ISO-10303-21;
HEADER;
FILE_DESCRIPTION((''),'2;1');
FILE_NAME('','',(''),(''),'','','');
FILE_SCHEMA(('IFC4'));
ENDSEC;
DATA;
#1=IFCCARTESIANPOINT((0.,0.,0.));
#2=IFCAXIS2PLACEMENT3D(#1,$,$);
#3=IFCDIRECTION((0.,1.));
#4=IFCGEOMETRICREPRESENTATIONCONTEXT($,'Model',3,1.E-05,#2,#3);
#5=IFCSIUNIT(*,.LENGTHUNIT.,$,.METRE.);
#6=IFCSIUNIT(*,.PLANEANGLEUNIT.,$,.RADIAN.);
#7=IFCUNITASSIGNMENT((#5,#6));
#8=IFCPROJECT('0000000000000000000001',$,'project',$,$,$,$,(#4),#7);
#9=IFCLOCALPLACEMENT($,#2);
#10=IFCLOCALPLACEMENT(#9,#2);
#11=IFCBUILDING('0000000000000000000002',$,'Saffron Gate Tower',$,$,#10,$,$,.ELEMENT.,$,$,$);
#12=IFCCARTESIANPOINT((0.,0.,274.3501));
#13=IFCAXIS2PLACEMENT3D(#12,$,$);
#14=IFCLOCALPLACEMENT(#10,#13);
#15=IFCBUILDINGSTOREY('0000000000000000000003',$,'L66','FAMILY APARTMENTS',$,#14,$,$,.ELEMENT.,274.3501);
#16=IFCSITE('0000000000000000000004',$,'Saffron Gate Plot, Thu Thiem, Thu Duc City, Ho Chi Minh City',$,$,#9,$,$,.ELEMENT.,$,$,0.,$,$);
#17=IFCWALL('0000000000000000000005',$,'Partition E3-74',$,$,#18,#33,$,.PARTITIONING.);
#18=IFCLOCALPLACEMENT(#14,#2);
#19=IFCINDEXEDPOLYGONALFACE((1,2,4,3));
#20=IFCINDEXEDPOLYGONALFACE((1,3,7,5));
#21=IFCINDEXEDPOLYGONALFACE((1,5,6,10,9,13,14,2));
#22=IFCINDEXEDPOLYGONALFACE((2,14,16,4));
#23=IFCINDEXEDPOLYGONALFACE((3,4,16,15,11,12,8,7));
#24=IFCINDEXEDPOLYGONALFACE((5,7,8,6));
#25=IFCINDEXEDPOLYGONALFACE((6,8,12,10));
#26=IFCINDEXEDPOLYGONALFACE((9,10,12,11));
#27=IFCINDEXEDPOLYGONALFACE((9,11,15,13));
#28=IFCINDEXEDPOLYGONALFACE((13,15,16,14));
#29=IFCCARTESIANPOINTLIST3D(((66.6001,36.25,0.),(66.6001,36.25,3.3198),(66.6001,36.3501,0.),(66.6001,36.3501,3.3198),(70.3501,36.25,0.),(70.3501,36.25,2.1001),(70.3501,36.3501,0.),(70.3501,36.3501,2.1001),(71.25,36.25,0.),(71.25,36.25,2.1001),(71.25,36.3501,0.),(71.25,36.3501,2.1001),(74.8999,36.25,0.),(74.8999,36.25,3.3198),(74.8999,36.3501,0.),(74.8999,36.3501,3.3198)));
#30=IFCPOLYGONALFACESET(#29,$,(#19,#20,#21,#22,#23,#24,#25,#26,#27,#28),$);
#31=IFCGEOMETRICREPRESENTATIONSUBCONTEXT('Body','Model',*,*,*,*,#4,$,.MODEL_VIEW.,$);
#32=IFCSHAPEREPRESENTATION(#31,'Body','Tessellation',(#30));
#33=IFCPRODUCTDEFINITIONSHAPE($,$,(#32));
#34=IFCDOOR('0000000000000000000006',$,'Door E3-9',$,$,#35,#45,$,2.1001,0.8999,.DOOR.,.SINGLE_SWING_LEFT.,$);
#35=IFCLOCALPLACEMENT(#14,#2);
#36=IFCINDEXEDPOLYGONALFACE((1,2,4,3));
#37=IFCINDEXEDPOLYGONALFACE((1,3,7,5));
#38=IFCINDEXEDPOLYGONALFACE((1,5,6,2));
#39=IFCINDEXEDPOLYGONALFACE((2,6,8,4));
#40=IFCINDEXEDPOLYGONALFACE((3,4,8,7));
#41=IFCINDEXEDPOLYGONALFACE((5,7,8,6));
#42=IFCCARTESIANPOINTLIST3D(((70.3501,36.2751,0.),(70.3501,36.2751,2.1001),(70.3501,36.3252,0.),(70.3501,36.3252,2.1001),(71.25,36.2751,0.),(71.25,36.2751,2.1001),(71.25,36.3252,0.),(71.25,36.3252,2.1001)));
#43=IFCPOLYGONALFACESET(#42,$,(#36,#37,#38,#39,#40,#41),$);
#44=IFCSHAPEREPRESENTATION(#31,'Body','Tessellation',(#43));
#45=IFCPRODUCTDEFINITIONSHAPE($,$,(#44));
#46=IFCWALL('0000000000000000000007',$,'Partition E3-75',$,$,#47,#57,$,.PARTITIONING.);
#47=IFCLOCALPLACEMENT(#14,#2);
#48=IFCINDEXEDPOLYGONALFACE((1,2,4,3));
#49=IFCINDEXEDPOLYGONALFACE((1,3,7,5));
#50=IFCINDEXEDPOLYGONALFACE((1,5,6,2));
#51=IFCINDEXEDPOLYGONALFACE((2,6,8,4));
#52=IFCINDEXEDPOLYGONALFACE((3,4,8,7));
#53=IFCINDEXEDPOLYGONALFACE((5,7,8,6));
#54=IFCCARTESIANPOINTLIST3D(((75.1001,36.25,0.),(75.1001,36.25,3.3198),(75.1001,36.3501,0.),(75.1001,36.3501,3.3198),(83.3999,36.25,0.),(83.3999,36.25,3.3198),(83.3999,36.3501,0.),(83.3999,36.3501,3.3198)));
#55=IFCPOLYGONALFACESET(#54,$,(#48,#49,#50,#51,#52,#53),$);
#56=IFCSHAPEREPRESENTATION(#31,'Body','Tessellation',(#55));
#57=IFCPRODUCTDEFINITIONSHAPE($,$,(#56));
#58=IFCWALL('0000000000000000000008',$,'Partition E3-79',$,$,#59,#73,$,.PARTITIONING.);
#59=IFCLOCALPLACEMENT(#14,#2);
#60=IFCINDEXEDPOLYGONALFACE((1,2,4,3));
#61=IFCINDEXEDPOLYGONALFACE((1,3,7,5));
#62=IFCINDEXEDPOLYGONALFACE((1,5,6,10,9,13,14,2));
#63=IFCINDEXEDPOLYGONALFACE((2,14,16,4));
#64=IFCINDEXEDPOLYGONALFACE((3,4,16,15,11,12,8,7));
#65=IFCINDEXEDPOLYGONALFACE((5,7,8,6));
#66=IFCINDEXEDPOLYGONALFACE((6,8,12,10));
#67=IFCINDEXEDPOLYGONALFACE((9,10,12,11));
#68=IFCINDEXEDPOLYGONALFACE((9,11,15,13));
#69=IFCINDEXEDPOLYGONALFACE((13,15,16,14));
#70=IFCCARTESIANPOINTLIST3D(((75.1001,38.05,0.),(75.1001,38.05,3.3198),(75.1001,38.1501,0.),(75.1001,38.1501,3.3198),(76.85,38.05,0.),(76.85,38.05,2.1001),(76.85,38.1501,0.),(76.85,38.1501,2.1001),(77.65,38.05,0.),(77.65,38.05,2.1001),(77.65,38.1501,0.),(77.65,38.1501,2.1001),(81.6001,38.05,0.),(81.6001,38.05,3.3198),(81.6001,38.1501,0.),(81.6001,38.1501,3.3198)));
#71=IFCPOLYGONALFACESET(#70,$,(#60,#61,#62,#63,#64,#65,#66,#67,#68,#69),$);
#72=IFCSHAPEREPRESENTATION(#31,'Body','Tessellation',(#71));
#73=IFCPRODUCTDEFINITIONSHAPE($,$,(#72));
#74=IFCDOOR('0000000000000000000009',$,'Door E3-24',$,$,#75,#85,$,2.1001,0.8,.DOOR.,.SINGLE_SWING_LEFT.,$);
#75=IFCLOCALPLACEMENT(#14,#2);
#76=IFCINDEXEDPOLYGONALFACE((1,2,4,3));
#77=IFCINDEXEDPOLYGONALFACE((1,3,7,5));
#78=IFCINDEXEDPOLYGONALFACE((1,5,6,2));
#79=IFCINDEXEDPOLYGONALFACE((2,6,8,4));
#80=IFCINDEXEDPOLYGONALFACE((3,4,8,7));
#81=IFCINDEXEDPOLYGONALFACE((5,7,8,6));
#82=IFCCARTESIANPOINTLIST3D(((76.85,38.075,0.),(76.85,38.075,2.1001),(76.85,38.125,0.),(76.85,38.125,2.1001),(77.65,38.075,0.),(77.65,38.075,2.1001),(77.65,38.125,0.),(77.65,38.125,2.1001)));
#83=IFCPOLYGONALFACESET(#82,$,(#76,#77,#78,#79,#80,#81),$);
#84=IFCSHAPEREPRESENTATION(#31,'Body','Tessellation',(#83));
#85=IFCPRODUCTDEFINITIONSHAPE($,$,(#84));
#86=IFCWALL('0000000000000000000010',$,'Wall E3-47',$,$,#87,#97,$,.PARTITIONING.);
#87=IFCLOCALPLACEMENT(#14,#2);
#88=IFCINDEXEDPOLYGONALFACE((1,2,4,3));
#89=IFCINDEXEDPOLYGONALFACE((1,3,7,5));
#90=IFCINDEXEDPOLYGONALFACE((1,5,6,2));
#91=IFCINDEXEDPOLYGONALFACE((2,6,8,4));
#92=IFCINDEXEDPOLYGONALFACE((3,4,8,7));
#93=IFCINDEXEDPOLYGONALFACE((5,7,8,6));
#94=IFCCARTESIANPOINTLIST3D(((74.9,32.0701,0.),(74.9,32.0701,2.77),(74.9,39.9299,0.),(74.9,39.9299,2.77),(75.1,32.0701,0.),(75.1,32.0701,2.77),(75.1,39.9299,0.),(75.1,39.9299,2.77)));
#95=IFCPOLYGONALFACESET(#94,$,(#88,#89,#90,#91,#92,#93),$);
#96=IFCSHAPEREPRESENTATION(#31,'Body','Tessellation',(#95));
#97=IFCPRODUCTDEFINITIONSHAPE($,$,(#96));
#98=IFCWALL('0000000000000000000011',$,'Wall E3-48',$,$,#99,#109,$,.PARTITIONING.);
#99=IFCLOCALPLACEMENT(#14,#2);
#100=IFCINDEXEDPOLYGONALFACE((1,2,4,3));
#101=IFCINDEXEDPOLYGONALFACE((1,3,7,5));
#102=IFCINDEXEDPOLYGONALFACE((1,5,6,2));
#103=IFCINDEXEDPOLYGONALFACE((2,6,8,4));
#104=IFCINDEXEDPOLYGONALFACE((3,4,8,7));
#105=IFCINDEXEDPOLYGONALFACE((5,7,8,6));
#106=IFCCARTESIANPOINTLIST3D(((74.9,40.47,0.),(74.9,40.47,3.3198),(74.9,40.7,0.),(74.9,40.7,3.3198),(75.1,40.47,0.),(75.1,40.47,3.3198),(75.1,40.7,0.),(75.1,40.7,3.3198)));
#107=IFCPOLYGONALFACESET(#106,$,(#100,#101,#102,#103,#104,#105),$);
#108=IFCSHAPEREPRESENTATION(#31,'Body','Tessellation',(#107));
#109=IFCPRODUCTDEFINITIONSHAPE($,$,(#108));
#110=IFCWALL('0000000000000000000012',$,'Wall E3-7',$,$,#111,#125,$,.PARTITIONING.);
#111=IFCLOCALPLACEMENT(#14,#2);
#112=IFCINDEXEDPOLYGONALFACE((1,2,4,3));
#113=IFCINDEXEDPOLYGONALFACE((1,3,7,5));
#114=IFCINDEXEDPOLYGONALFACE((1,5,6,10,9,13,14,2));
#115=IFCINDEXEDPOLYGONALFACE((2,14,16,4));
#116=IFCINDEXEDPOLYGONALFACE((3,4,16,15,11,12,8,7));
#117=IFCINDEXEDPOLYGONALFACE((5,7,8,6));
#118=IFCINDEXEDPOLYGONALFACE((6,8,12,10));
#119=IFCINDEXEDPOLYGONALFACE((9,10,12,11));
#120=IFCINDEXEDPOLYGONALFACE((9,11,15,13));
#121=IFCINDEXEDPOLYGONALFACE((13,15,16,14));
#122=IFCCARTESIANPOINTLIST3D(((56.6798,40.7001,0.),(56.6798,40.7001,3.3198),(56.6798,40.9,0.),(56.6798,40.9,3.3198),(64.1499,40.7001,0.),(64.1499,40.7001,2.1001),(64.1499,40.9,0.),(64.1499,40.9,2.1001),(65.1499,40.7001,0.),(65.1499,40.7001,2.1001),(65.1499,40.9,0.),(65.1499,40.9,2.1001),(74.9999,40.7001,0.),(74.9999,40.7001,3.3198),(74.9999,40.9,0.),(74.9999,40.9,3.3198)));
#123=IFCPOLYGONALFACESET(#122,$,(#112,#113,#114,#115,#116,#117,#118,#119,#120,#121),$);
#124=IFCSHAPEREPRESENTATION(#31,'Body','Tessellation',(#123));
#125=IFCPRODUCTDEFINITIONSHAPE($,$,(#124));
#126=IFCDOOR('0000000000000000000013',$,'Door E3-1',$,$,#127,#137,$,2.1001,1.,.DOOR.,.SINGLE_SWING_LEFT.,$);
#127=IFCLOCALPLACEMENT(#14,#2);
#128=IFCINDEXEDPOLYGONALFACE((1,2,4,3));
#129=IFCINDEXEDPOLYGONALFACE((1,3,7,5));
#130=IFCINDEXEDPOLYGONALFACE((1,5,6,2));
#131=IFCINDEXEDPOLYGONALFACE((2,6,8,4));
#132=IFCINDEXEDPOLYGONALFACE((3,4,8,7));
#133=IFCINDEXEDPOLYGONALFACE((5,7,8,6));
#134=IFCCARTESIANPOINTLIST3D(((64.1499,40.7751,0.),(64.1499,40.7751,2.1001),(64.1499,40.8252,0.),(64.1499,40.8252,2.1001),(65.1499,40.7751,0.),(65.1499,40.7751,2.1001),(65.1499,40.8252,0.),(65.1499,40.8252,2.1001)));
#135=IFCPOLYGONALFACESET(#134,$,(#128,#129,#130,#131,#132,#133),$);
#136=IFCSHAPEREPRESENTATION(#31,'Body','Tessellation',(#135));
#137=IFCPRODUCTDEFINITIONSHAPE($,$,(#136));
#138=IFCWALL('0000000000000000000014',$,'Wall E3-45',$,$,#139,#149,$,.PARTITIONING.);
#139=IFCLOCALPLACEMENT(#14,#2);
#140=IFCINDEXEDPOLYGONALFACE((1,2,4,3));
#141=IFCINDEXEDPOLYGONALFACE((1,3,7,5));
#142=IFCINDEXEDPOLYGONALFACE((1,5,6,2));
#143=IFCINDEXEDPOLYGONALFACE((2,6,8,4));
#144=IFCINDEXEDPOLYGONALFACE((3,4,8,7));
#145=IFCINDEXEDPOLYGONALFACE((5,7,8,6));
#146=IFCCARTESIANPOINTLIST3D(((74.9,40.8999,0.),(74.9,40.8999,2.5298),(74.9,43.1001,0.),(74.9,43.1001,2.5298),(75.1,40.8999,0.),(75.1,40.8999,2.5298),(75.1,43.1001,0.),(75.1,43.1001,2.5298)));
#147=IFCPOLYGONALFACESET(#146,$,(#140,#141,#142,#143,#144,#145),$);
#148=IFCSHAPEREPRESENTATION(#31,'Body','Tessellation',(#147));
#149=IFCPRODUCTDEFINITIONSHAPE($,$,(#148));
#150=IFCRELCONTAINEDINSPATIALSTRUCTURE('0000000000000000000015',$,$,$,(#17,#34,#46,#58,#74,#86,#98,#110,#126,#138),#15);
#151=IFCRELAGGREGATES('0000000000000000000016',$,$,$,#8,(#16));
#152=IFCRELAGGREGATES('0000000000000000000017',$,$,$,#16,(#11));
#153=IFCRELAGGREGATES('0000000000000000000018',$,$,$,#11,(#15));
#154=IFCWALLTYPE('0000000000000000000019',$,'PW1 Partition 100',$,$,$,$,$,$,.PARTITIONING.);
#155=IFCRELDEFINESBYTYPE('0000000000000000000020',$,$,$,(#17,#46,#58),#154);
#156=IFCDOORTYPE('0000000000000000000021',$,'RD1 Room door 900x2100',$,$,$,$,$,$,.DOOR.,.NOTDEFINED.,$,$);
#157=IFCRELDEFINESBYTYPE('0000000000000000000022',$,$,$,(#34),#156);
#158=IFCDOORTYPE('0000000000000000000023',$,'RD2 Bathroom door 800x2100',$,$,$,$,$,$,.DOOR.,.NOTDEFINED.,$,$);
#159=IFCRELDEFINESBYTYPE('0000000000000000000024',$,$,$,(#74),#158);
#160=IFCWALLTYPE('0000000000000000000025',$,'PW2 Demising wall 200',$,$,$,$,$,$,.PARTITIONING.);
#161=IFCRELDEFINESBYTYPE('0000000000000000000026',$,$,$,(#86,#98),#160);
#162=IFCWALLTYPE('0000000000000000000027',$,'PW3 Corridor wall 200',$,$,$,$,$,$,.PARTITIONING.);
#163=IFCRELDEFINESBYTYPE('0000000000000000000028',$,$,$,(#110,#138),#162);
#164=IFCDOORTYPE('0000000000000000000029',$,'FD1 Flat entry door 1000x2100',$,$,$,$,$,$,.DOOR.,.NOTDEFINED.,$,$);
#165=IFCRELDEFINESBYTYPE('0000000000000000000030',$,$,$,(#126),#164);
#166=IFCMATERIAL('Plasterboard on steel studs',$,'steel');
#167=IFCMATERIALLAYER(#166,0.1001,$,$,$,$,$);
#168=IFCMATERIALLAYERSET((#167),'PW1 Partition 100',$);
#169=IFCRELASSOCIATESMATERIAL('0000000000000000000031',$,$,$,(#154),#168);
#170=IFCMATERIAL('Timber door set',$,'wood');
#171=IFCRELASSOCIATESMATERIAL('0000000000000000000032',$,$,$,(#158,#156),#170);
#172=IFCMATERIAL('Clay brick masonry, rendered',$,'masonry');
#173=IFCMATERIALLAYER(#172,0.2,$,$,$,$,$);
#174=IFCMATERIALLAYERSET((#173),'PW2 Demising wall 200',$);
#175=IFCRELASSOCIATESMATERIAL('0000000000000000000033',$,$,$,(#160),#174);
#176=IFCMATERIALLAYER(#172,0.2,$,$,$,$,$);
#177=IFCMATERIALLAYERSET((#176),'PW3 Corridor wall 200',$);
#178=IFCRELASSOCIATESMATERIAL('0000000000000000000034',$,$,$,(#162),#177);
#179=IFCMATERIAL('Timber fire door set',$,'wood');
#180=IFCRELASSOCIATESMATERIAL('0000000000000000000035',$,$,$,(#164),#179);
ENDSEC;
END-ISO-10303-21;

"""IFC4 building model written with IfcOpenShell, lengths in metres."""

from ifc_helpers import new_model, si_unit, direction, frame, frame_2d, origin, place, context, subcontext, project, spatial, rectangle, extrude, material, layer, layer_set, type_object, element, fill, save


model = new_model("IFC4")

# Units and contexts
model_context = context("Model", 3, precision=1e-05, world=origin(), true_north=direction((0.0, 1.0)))
body_context = subcontext(model_context, "Body", "Model", "MODEL_VIEW")
ifc_project = project(units=[si_unit("LENGTHUNIT", "METRE"), si_unit("PLANEANGLEUNIT", "RADIAN")], contexts=[model_context])

# Site, building, storey
site_placement = place(None, origin())
site = spatial("IfcSite", under=ifc_project, at=site_placement, Name="Saffron Gate Plot, Thu Thiem, Thu Duc City, Ho Chi Minh City", CompositionType="ELEMENT", RefElevation=0.0)
building_placement = place(site_placement, origin())
building = spatial("IfcBuilding", under=site, at=building_placement, Name="Saffron Gate Tower", CompositionType="ELEMENT")
storey_placement = place(building_placement, frame((0.0, 0.0, 274.3501)))
storey = spatial("IfcBuildingStorey", under=building, at=storey_placement, Name="L66", Description="FAMILY APARTMENTS", CompositionType="ELEMENT", Elevation=274.3501)

# Shared definitions
ifc_material_1 = material(Name="Plasterboard on steel studs", Category="steel")
ifc_layer_1 = layer(ifc_material_1, 0.1001)
ifc_layer_set_1 = layer_set([ifc_layer_1], Name="PW1 Partition 100")
wall_type_1 = type_object("IfcWallType", Name="PW1 Partition 100", PredefinedType="PARTITIONING", material=ifc_layer_set_1)

# Shared definitions
ifc_material_2 = material(Name="Timber door set", Category="wood")
door_type_1 = type_object("IfcDoorType", Name="RD2 Bathroom door 800x2100", OperationType="NOTDEFINED", PredefinedType="DOOR", material=ifc_material_2)

# Wall, opening, door
wall_1_placement = place(storey_placement, frame((74.8999, 36.3, 0.0), z_axis=(0.0, 0.0, 1.0), x_axis=(-1.0, 0.0, 0.0)))
wall_1 = element("IfcWall", 1, at=wall_1_placement, inside=storey, type_object=wall_type_1, Name="Partition E3-74", PredefinedType="PARTITIONING", context=body_context, shape_type="SweptSolid", body=[
    extrude(rectangle(XDim=8.2998, YDim=0.1001, at=frame_2d((4.1499, 0.0))), origin(), (0.0, 0.0, 1.0), 3.3198),
])
opening_1_placement = place(wall_1_placement, frame((3.6499, 0.0, 0.0)))
opening_1 = element("IfcOpeningElement", 2, at=opening_1_placement, cuts=wall_1, PredefinedType="OPENING", context=body_context, shape_type="SweptSolid", body=[
    extrude(rectangle(XDim=0.8999, YDim=2.1001, at=frame_2d((0.45, 1.05))), frame((0.0, 0.0601, 0.0), z_axis=(0.0, -1.0, 0.0), x_axis=(1.0, 0.0, 0.0)), (0.0, 0.0, 1.0), 0.1201),
])
door_type_2 = type_object("IfcDoorType", Name="RD1 Room door 900x2100", OperationType="NOTDEFINED", PredefinedType="DOOR", material=ifc_material_2)
door_1_placement = place(opening_1_placement, origin())
door_1 = element("IfcDoor", 3, at=door_1_placement, inside=storey, type_object=door_type_2, Name="Door E3-9", OperationType="SINGLE_SWING_LEFT", OverallHeight=2.1001, OverallWidth=0.8999, PredefinedType="DOOR", context=body_context, shape_type="SweptSolid", body=[
    extrude(rectangle(XDim=0.8999, YDim=2.1001, at=frame_2d((0.45, 1.05))), frame((0.0, 0.0249, 0.0), z_axis=(0.0, -1.0, 0.0), x_axis=(1.0, 0.0, 0.0)), (0.0, 0.0, 1.0), 0.05),
])
fill(opening_1, door_1)

# Wall
wall_2_placement = place(storey_placement, frame((75.1001, 36.3, 0.0), z_axis=(0.0, 0.0, 1.0), x_axis=(1.0, 0.0, 0.0)))
element("IfcWall", 4, at=wall_2_placement, inside=storey, type_object=wall_type_1, Name="Partition E3-75", PredefinedType="PARTITIONING", context=body_context, shape_type="SweptSolid", body=[
    extrude(rectangle(XDim=8.2998, YDim=0.1001, at=frame_2d((4.1499, 0.0))), origin(), (0.0, 0.0, 1.0), 3.3198),
])

# Wall, opening, door
wall_3_placement = place(storey_placement, frame((75.1001, 38.1001, 0.0), z_axis=(0.0, 0.0, 1.0), x_axis=(1.0, 0.0, 0.0)))
wall_3 = element("IfcWall", 5, at=wall_3_placement, inside=storey, type_object=wall_type_1, Name="Partition E3-79", PredefinedType="PARTITIONING", context=body_context, shape_type="SweptSolid", body=[
    extrude(rectangle(XDim=6.5, YDim=0.1001, at=frame_2d((3.25, 0.0))), origin(), (0.0, 0.0, 1.0), 3.3198),
])
opening_2_placement = place(wall_3_placement, frame((1.75, 0.0, 0.0)))
opening_2 = element("IfcOpeningElement", 6, at=opening_2_placement, cuts=wall_3, PredefinedType="OPENING", context=body_context, shape_type="SweptSolid", body=[
    extrude(rectangle(XDim=0.8, YDim=2.1001, at=frame_2d((0.3999, 1.05))), frame((0.0, 0.0601, 0.0), z_axis=(0.0, -1.0, 0.0), x_axis=(1.0, 0.0, 0.0)), (0.0, 0.0, 1.0), 0.1201),
])
door_2_placement = place(opening_2_placement, origin())
door_2 = element("IfcDoor", 7, at=door_2_placement, inside=storey, type_object=door_type_1, Name="Door E3-24", OperationType="SINGLE_SWING_LEFT", OverallHeight=2.1001, OverallWidth=0.8, PredefinedType="DOOR", context=body_context, shape_type="SweptSolid", body=[
    extrude(rectangle(XDim=0.8, YDim=2.1001, at=frame_2d((0.3999, 1.05))), frame((0.0, 0.0249, 0.0), z_axis=(0.0, -1.0, 0.0), x_axis=(1.0, 0.0, 0.0)), (0.0, 0.0, 1.0), 0.05),
])
fill(opening_2, door_2)

# Walls
ifc_material_3 = material(Name="Clay brick masonry, rendered", Category="masonry")
ifc_layer_2 = layer(ifc_material_3, 0.2)
ifc_layer_set_2 = layer_set([ifc_layer_2], Name="PW2 Demising wall 200")
wall_type_2 = type_object("IfcWallType", Name="PW2 Demising wall 200", PredefinedType="PARTITIONING", material=ifc_layer_set_2)
wall_4_placement = place(storey_placement, frame((75.0, 39.9299, 0.0), z_axis=(0.0, 0.0, 1.0), x_axis=(0.0, -1.0, 0.0)))
element("IfcWall", 8, at=wall_4_placement, inside=storey, type_object=wall_type_2, Name="Wall E3-47", PredefinedType="PARTITIONING", context=body_context, shape_type="SweptSolid", body=[
    extrude(rectangle(XDim=7.8599, YDim=0.2, at=frame_2d((3.9299, 0.0))), origin(), (0.0, 0.0, 1.0), 2.77),
])
wall_5_placement = place(storey_placement, frame((75.0, 40.7, 0.0), z_axis=(0.0, 0.0, 1.0), x_axis=(0.0, -1.0, 0.0)))
element("IfcWall", 9, at=wall_5_placement, inside=storey, type_object=wall_type_2, Name="Wall E3-48", PredefinedType="PARTITIONING", context=body_context, shape_type="SweptSolid", body=[
    extrude(rectangle(XDim=0.23, YDim=0.2, at=frame_2d((0.115, 0.0))), origin(), (0.0, 0.0, 1.0), 3.3198),
])

# Wall, opening, door
ifc_layer_3 = layer(ifc_material_3, 0.2)
ifc_layer_set_3 = layer_set([ifc_layer_3], Name="PW3 Corridor wall 200")
wall_type_3 = type_object("IfcWallType", Name="PW3 Corridor wall 200", PredefinedType="PARTITIONING", material=ifc_layer_set_3)
wall_6_placement = place(storey_placement, frame((75.0, 40.8, 0.0), z_axis=(0.0, 0.0, 1.0), x_axis=(-1.0, 0.0, 0.0)))
wall_6 = element("IfcWall", 10, at=wall_6_placement, inside=storey, type_object=wall_type_3, Name="Wall E3-7", PredefinedType="PARTITIONING", context=body_context, shape_type="SweptSolid", body=[
    extrude(rectangle(XDim=18.3201, YDim=0.2, at=frame_2d((9.1602, 0.0))), origin(), (0.0, 0.0, 1.0), 3.3198),
])
opening_3_placement = place(wall_6_placement, frame((9.8501, 0.0, 0.0)))
opening_3 = element("IfcOpeningElement", 11, at=opening_3_placement, cuts=wall_6, PredefinedType="OPENING", context=body_context, shape_type="SweptSolid", body=[
    extrude(rectangle(XDim=1.0, YDim=2.1001, at=frame_2d((0.5, 1.05))), frame((0.0, 0.1099, 0.0), z_axis=(0.0, -1.0, 0.0), x_axis=(1.0, 0.0, 0.0)), (0.0, 0.0, 1.0), 0.22),
])
ifc_material_4 = material(Name="Timber fire door set", Category="wood")
door_type_3 = type_object("IfcDoorType", Name="FD1 Flat entry door 1000x2100", OperationType="NOTDEFINED", PredefinedType="DOOR", material=ifc_material_4)
door_3_placement = place(opening_3_placement, origin())
door_3 = element("IfcDoor", 12, at=door_3_placement, inside=storey, type_object=door_type_3, Name="Door E3-1", OperationType="SINGLE_SWING_LEFT", OverallHeight=2.1001, OverallWidth=1.0, PredefinedType="DOOR", context=body_context, shape_type="SweptSolid", body=[
    extrude(rectangle(XDim=1.0, YDim=2.1001, at=frame_2d((0.5, 1.05))), frame((0.0, 0.0249, 0.0), z_axis=(0.0, -1.0, 0.0), x_axis=(1.0, 0.0, 0.0)), (0.0, 0.0, 1.0), 0.05),
])
fill(opening_3, door_3)

# Wall
wall_7_placement = place(storey_placement, frame((75.0, 43.1001, 0.0), z_axis=(0.0, 0.0, 1.0), x_axis=(0.0, -1.0, 0.0)))
element("IfcWall", 13, at=wall_7_placement, inside=storey, type_object=wall_type_3, Name="Wall E3-45", PredefinedType="PARTITIONING", context=body_context, shape_type="SweptSolid", body=[
    extrude(rectangle(XDim=2.2002, YDim=0.2, at=frame_2d((1.1001, 0.0))), origin(), (0.0, 0.0, 1.0), 2.5298),
])

save(model, "model.ifc")
